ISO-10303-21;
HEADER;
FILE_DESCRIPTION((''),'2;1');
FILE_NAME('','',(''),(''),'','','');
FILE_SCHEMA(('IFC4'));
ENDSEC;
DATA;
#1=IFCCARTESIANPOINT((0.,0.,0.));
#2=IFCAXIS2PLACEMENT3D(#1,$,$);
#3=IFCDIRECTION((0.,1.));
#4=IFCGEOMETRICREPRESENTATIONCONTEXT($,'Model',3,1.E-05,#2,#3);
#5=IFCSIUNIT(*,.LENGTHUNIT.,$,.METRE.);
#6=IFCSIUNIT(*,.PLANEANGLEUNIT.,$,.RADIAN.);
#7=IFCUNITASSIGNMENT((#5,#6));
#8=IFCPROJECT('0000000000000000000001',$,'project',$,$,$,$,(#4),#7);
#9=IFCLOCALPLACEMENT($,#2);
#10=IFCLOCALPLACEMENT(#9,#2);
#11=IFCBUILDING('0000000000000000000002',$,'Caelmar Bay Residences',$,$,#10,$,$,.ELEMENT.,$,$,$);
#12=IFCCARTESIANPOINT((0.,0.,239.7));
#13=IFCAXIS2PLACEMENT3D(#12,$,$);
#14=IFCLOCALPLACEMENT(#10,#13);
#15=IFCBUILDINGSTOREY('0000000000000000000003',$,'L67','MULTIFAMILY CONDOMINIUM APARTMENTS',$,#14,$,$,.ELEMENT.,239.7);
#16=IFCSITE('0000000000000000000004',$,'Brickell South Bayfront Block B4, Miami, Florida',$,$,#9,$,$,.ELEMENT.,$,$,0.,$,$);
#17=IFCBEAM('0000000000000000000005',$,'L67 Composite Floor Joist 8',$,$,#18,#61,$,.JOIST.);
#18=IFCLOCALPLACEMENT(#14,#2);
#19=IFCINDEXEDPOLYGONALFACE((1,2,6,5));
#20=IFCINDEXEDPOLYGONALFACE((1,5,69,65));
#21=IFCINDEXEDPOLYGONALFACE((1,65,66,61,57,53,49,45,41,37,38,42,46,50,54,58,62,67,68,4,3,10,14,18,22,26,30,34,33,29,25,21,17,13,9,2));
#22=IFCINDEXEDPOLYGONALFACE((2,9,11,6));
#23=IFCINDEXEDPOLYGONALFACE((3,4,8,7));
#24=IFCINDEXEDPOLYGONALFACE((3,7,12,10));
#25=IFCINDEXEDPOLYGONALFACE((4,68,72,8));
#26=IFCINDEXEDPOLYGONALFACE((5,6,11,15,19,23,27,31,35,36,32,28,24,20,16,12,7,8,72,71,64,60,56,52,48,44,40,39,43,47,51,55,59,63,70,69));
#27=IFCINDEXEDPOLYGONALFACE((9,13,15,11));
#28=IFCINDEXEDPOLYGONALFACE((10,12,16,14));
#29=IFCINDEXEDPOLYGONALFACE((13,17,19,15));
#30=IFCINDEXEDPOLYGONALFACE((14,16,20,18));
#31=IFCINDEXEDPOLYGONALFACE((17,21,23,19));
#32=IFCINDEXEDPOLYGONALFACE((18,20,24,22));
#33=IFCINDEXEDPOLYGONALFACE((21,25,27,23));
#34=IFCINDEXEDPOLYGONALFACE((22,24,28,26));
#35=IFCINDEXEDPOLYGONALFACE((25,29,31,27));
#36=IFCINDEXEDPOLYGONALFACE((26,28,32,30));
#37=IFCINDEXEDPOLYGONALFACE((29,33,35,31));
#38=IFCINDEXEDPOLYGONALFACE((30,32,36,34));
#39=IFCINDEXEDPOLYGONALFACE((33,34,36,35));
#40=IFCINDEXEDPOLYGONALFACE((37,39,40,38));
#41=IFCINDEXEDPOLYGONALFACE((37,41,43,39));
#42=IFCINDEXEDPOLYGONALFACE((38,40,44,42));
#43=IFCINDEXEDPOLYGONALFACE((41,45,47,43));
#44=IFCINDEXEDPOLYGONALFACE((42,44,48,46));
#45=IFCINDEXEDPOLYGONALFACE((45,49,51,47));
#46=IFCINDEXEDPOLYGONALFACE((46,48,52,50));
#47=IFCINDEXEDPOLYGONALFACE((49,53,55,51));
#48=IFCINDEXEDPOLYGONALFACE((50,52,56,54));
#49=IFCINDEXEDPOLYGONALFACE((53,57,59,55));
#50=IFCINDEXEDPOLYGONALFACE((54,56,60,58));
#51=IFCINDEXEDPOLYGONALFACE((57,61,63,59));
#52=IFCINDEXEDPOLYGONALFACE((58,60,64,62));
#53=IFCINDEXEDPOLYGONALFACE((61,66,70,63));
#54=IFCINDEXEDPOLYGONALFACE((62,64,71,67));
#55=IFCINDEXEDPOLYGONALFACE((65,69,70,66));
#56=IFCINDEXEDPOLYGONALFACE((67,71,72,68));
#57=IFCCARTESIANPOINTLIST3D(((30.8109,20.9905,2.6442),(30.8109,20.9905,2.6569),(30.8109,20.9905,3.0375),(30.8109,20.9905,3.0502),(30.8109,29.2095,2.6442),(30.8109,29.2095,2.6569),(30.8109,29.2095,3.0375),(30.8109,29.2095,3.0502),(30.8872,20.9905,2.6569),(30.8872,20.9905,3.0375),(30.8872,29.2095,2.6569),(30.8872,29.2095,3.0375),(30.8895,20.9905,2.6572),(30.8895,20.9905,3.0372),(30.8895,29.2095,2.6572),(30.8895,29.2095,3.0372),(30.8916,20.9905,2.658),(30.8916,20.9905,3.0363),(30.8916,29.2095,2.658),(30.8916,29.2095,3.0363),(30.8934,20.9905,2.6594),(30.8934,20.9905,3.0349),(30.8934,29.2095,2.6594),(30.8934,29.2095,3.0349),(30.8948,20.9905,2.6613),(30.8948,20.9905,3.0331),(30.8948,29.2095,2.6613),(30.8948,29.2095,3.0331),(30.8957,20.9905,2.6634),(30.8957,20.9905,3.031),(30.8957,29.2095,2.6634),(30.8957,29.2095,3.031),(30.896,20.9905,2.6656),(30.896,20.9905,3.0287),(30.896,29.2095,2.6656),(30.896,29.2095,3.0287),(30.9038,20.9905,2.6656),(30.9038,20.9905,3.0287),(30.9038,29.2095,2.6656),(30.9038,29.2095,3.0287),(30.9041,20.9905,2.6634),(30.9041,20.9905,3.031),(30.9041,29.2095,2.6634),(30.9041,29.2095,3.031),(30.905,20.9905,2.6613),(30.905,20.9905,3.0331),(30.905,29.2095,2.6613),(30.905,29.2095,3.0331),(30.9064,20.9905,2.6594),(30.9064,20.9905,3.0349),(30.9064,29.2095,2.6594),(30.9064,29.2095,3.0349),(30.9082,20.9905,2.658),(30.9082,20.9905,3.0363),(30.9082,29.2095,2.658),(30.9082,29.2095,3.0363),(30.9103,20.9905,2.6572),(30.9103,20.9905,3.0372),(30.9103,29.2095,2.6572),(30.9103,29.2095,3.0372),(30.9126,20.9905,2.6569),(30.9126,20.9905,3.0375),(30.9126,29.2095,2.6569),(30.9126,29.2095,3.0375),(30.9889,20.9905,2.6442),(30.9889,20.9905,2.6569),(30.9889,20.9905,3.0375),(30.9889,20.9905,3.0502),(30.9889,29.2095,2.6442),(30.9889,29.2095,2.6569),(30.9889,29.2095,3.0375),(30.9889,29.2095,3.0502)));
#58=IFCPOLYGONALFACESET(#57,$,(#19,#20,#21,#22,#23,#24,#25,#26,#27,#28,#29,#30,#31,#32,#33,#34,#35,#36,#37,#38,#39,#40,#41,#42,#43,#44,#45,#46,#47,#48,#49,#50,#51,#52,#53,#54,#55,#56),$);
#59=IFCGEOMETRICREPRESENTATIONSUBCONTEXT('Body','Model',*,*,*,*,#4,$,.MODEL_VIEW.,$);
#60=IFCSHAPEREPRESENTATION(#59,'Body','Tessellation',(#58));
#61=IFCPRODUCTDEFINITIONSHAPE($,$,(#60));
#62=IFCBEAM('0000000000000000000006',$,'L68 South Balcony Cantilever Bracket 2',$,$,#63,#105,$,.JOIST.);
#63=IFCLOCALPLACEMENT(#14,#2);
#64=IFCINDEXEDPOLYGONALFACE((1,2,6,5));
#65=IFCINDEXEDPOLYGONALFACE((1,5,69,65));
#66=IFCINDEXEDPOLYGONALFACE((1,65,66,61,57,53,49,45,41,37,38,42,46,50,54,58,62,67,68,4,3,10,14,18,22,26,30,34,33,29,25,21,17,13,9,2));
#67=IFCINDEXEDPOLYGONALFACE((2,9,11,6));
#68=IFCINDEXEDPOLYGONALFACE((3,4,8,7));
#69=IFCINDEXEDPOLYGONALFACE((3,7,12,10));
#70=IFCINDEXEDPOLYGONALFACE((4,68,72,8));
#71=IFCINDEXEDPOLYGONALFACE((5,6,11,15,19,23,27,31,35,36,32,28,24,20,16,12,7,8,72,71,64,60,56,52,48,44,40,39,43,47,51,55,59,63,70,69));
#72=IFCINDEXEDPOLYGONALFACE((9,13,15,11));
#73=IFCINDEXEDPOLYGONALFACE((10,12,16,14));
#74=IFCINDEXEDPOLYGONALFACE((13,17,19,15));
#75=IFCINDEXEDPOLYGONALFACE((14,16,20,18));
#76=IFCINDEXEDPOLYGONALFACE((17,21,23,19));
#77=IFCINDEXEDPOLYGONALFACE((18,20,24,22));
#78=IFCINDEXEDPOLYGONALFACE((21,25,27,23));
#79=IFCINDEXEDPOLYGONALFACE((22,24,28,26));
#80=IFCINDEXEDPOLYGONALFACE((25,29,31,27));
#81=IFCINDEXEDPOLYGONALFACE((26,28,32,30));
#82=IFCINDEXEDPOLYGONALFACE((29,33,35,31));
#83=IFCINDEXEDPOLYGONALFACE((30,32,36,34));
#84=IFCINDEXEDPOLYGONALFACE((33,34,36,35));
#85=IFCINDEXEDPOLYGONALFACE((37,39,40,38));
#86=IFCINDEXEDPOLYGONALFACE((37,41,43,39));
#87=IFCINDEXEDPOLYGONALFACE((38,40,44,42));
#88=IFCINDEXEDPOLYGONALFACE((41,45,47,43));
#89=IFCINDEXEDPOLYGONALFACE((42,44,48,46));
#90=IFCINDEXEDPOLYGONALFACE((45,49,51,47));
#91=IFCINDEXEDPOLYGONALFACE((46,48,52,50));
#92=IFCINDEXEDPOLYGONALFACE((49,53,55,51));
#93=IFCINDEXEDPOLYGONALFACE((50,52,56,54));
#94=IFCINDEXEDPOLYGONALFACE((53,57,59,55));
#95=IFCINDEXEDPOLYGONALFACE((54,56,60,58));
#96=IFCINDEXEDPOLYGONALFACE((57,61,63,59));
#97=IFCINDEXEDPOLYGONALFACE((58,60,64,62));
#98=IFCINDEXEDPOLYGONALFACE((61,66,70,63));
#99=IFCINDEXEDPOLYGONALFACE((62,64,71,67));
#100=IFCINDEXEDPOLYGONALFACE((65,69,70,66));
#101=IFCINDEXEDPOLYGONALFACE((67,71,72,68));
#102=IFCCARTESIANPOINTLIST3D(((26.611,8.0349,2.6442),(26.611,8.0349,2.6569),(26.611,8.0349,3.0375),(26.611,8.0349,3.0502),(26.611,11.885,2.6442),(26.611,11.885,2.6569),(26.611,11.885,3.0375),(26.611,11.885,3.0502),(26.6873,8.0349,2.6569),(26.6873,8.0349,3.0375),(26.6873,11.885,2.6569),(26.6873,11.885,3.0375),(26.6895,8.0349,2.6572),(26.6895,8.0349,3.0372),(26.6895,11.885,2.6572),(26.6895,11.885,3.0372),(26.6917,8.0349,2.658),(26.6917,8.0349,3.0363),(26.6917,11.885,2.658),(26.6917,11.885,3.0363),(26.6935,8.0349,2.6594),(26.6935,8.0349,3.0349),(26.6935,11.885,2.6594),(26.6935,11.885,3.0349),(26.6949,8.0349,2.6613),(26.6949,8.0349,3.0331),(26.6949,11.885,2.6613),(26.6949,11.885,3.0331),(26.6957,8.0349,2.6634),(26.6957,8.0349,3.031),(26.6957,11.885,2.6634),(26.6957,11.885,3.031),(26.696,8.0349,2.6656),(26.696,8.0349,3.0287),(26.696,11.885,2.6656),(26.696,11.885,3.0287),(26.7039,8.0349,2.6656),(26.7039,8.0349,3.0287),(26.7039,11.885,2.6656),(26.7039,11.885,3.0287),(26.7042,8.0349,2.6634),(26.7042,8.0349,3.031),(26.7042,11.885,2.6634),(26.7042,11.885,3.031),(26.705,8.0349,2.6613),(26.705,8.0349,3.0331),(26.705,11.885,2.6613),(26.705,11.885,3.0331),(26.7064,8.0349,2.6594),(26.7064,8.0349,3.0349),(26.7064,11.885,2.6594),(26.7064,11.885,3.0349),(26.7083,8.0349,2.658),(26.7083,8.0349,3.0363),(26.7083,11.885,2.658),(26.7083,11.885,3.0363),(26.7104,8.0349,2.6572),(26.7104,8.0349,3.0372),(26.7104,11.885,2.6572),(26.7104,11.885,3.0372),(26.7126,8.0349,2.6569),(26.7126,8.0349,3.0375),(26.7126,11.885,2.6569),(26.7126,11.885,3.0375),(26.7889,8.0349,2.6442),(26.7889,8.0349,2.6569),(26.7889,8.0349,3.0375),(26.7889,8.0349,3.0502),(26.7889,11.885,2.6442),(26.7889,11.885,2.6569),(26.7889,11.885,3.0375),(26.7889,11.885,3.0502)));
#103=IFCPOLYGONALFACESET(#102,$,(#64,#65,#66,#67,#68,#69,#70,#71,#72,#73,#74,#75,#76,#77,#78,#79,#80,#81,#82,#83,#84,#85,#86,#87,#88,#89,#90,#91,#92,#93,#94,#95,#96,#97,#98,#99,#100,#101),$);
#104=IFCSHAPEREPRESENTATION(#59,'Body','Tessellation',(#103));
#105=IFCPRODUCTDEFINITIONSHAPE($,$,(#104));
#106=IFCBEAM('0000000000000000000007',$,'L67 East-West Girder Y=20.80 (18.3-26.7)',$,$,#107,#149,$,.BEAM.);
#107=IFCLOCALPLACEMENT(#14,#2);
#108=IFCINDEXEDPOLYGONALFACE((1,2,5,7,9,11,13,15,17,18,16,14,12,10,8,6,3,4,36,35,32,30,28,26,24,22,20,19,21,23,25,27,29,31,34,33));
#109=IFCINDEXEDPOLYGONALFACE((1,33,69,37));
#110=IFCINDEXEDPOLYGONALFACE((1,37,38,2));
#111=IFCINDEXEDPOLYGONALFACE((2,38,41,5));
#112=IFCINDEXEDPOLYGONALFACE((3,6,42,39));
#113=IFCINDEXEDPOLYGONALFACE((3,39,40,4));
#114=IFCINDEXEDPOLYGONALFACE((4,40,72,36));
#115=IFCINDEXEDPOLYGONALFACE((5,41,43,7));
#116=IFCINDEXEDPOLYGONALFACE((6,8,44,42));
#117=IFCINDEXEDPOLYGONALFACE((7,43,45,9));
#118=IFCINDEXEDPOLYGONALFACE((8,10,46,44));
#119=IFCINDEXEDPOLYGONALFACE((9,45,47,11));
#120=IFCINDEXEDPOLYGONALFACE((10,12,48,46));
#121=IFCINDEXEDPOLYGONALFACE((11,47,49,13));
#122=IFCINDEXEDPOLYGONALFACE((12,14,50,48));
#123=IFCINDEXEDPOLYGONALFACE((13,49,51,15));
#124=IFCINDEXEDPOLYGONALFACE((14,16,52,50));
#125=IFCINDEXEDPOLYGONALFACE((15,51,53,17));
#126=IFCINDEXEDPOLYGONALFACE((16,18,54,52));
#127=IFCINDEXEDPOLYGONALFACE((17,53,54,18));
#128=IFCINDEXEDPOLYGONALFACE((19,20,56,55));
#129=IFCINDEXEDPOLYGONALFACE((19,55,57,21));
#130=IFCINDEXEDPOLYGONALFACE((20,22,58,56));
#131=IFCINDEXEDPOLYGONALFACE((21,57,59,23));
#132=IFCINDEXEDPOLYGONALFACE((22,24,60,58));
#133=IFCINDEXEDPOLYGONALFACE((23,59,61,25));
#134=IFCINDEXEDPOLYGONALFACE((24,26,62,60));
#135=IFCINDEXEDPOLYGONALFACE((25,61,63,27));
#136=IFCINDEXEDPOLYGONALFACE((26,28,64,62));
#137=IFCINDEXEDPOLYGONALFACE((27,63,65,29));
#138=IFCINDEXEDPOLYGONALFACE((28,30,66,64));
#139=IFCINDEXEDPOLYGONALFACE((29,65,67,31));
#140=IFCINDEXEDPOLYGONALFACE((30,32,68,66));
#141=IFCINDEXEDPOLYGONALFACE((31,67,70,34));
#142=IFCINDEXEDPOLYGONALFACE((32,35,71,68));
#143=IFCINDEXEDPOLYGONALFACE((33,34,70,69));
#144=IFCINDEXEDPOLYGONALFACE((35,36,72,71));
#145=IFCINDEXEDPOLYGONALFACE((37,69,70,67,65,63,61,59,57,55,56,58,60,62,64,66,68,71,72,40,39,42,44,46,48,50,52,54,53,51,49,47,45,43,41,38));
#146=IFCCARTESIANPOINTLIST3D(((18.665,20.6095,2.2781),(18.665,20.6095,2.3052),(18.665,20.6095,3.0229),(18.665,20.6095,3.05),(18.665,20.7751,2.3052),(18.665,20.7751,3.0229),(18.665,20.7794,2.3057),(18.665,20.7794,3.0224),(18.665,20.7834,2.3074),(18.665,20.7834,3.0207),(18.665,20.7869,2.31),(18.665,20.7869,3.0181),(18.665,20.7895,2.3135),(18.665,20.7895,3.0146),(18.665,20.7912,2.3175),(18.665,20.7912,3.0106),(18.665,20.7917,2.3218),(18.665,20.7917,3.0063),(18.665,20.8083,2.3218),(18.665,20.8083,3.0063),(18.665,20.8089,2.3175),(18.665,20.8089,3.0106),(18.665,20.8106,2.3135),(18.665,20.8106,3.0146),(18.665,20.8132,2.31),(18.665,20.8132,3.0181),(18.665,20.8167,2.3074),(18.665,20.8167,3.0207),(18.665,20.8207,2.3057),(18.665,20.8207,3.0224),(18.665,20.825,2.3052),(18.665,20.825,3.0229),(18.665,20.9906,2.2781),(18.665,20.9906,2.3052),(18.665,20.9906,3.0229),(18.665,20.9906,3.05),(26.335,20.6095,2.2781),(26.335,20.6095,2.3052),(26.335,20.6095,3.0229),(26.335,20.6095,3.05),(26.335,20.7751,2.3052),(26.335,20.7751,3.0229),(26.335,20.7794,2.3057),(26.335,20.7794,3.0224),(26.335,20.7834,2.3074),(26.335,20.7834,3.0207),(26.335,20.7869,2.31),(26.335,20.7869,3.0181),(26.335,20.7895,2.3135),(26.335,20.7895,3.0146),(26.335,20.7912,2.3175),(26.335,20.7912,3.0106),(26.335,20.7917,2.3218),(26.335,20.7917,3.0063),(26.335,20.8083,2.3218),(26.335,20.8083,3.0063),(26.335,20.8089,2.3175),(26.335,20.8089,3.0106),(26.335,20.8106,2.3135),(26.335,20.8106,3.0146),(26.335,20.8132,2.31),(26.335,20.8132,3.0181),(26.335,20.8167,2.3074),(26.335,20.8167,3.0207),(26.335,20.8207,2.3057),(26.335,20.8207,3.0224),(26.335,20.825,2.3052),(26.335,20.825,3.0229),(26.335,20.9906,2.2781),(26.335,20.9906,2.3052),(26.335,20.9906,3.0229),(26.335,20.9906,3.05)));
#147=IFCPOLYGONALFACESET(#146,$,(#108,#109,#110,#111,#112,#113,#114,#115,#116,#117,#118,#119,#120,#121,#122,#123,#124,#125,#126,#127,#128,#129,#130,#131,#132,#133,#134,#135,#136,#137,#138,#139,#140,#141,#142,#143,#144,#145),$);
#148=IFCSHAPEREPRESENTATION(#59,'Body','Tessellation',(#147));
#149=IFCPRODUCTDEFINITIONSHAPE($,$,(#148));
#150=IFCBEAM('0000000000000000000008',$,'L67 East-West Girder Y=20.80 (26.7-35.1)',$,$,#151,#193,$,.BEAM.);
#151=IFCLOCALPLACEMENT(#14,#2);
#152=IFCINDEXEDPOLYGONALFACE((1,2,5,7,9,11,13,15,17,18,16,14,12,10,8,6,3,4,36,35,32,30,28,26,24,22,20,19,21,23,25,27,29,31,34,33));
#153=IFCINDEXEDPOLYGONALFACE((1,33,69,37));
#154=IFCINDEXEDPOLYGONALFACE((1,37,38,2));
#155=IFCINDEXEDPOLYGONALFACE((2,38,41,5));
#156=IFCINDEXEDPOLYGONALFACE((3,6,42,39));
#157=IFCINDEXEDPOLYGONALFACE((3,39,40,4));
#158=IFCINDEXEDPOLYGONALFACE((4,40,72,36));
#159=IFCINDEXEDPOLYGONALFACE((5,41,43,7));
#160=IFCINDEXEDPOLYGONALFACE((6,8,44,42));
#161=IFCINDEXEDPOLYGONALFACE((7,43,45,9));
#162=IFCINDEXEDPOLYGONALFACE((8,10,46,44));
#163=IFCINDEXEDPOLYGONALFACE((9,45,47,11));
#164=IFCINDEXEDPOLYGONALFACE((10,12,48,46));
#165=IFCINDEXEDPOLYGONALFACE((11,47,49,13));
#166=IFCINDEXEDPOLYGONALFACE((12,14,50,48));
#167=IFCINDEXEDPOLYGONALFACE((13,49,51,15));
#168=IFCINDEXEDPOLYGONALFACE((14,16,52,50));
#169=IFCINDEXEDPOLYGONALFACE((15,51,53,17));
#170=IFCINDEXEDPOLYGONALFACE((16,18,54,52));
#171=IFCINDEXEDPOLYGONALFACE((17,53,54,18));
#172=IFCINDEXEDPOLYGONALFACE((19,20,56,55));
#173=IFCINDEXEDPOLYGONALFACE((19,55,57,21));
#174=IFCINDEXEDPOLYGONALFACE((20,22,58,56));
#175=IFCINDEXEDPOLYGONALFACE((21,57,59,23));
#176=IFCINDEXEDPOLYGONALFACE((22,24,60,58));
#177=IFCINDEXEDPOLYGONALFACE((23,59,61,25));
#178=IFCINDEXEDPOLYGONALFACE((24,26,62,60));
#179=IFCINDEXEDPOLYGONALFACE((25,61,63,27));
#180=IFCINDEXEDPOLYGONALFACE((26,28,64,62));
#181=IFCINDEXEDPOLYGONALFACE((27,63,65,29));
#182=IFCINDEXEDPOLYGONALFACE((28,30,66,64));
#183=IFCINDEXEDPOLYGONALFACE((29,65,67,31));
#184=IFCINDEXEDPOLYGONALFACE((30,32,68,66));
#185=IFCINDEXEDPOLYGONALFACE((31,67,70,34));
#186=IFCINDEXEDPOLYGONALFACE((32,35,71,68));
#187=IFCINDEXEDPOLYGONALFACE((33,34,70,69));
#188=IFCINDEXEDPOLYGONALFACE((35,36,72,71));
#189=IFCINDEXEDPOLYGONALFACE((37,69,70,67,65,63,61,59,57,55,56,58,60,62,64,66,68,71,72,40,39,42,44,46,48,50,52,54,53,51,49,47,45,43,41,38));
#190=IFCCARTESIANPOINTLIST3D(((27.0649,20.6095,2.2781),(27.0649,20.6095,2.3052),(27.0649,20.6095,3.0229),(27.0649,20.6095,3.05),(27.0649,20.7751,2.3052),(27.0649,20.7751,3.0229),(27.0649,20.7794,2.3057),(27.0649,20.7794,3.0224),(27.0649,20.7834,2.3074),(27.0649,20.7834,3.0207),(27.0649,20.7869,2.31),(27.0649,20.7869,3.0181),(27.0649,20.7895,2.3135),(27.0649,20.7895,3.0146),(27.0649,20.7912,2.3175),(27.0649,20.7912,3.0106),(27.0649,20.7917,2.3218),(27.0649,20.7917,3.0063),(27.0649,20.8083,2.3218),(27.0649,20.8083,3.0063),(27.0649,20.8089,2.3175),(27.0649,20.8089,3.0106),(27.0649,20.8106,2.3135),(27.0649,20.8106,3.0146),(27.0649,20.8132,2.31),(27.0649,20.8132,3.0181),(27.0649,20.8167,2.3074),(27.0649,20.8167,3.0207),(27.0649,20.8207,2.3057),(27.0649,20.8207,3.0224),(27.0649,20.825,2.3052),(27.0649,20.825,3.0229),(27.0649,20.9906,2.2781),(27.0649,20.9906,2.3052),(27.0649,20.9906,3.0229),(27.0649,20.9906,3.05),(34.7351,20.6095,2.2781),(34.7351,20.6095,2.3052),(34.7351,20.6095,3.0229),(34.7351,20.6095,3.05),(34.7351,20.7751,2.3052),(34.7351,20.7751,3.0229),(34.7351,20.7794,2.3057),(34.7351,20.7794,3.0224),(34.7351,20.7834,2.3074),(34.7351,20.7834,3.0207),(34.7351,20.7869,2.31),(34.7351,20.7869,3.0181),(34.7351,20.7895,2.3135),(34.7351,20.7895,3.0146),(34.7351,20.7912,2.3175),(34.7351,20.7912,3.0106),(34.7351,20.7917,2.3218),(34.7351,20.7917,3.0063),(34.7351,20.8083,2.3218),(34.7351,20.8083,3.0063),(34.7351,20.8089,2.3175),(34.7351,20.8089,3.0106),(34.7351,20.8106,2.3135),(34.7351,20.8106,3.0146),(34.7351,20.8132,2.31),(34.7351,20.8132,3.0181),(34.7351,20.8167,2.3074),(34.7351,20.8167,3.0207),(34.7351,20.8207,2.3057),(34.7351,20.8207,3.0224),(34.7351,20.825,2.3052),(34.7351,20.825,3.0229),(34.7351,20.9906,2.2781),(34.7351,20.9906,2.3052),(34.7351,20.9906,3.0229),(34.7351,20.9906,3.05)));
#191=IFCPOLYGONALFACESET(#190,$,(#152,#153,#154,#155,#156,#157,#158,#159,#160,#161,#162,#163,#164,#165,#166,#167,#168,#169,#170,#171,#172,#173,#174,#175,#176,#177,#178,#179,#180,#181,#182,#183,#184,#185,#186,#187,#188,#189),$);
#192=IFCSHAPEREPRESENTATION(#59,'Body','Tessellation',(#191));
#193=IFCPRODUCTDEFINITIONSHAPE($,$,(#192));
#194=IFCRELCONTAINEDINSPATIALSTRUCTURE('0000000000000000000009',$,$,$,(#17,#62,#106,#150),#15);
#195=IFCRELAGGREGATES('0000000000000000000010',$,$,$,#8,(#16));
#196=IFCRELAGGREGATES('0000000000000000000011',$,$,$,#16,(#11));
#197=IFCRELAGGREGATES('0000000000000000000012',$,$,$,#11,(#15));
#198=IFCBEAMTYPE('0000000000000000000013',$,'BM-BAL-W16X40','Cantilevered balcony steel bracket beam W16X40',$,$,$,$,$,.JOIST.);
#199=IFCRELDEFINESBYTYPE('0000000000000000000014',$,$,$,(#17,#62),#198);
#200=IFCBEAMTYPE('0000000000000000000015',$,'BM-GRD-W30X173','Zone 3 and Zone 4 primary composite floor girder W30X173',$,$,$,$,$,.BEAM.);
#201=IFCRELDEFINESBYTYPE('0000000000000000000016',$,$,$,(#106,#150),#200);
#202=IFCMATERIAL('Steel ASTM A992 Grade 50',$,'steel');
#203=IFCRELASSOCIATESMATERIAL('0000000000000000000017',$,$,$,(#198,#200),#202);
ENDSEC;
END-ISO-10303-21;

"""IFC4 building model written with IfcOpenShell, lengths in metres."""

from ifc_helpers import new_model, si_unit, direction, frame, origin, origin_2d, place, context, subcontext, project, spatial, i_section, extrude, material, material_profile, profile_set, type_object, element, save


model = new_model("IFC4")

# Units and contexts
model_context = context("Model", 3, precision=1e-05, world=origin(), true_north=direction((0.0, 1.0)))
body_context = subcontext(model_context, "Body", "Model", "MODEL_VIEW")
ifc_project = project(units=[si_unit("LENGTHUNIT", "METRE"), si_unit("PLANEANGLEUNIT", "RADIAN")], contexts=[model_context])

# Site, building, storey
site_placement = place(None, origin())
site = spatial("IfcSite", under=ifc_project, at=site_placement, Name="Brickell South Bayfront Block B4, Miami, Florida", CompositionType="ELEMENT", RefElevation=0.0)
building_placement = place(site_placement, origin())
building = spatial("IfcBuilding", under=site, at=building_placement, Name="Caelmar Bay Residences", CompositionType="ELEMENT")
storey_placement = place(building_placement, frame((0.0, 0.0, 239.7)))
storey = spatial("IfcBuildingStorey", under=building, at=storey_placement, Name="L67", Description="MULTIFAMILY CONDOMINIUM APARTMENTS", CompositionType="ELEMENT", Elevation=239.7)

# Beams
ifc_material_1 = material(Name="Steel ASTM A992 Grade 50", Category="steel")
ifc_material_profile_1 = material_profile(ifc_material_1, i_section(OverallWidth=0.178, OverallDepth=0.406, WebThickness=0.0078, FlangeThickness=0.0127, FilletRadius=0.0088, at=origin_2d()), Name="W16X40")
ifc_profile_set_1 = profile_set([ifc_material_profile_1], Name="Steel ASTM A992 Grade 50")
beam_type_1 = type_object("IfcBeamType", Name="BM-BAL-W16X40", Description="Cantilevered balcony steel bracket beam W16X40", PredefinedType="JOIST", material=ifc_profile_set_1)
for number, where, z_axis, x_axis, name in (
    (1, (30.8999, 20.9905, 2.8472), (0.0, 1.0, 0.0), (-1.0, 0.0, 0.0), "L67 Composite Floor Joist 8"),
):
    element("IfcBeam", number, at=place(storey_placement, frame(where, z_axis=z_axis, x_axis=x_axis)), inside=storey, type_object=beam_type_1, Name=name, PredefinedType="JOIST", context=body_context, shape_type="SweptSolid", body=[
        extrude(i_section(OverallWidth=0.178, OverallDepth=0.406, WebThickness=0.0078, FlangeThickness=0.0127, FilletRadius=0.0088, at=origin_2d()), origin(), (0.0, 0.0, 1.0), 8.219),
    ])
beam_1_placement = place(storey_placement, frame((26.7, 11.885, 2.8472), z_axis=(0.0, -1.0, 0.0), x_axis=(1.0, 0.0, 0.0)))
element("IfcBeam", 2, at=beam_1_placement, inside=storey, type_object=beam_type_1, Name="L68 South Balcony Cantilever Bracket 2", PredefinedType="JOIST", context=body_context, shape_type="SweptSolid", body=[
    extrude(i_section(OverallWidth=0.178, OverallDepth=0.406, WebThickness=0.0078, FlangeThickness=0.0127, FilletRadius=0.0088, at=origin_2d()), origin(), (0.0, 0.0, 1.0), 3.8501),
])
ifc_material_profile_2 = material_profile(ifc_material_1, i_section(OverallWidth=0.3811, OverallDepth=0.772, WebThickness=0.0166, FlangeThickness=0.0271, FilletRadius=0.0166, at=origin_2d()), Name="W30X173")
ifc_profile_set_2 = profile_set([ifc_material_profile_2], Name="Steel ASTM A992 Grade 50")
beam_type_2 = type_object("IfcBeamType", Name="BM-GRD-W30X173", Description="Zone 3 and Zone 4 primary composite floor girder W30X173", PredefinedType="BEAM", material=ifc_profile_set_2)
beam_2_placement = place(storey_placement, frame((18.665, 20.8, 2.6641), z_axis=(1.0, 0.0, 0.0), x_axis=(0.0, 1.0, 0.0)))
element("IfcBeam", 3, at=beam_2_placement, inside=storey, type_object=beam_type_2, Name="L67 East-West Girder Y=20.80 (18.3-26.7)", PredefinedType="BEAM", context=body_context, shape_type="SweptSolid", body=[
    extrude(i_section(OverallWidth=0.3811, OverallDepth=0.772, WebThickness=0.0166, FlangeThickness=0.0271, FilletRadius=0.0166, at=origin_2d()), origin(), (0.0, 0.0, 1.0), 7.6699),
])
beam_3_placement = place(storey_placement, frame((27.0649, 20.8, 2.6641), z_axis=(1.0, 0.0, 0.0), x_axis=(0.0, 1.0, 0.0)))
element("IfcBeam", 4, at=beam_3_placement, inside=storey, type_object=beam_type_2, Name="L67 East-West Girder Y=20.80 (26.7-35.1)", PredefinedType="BEAM", context=body_context, shape_type="SweptSolid", body=[
    extrude(i_section(OverallWidth=0.3811, OverallDepth=0.772, WebThickness=0.0166, FlangeThickness=0.0271, FilletRadius=0.0166, at=origin_2d()), origin(), (0.0, 0.0, 1.0), 7.6702),
])

save(model, "model.ifc")
